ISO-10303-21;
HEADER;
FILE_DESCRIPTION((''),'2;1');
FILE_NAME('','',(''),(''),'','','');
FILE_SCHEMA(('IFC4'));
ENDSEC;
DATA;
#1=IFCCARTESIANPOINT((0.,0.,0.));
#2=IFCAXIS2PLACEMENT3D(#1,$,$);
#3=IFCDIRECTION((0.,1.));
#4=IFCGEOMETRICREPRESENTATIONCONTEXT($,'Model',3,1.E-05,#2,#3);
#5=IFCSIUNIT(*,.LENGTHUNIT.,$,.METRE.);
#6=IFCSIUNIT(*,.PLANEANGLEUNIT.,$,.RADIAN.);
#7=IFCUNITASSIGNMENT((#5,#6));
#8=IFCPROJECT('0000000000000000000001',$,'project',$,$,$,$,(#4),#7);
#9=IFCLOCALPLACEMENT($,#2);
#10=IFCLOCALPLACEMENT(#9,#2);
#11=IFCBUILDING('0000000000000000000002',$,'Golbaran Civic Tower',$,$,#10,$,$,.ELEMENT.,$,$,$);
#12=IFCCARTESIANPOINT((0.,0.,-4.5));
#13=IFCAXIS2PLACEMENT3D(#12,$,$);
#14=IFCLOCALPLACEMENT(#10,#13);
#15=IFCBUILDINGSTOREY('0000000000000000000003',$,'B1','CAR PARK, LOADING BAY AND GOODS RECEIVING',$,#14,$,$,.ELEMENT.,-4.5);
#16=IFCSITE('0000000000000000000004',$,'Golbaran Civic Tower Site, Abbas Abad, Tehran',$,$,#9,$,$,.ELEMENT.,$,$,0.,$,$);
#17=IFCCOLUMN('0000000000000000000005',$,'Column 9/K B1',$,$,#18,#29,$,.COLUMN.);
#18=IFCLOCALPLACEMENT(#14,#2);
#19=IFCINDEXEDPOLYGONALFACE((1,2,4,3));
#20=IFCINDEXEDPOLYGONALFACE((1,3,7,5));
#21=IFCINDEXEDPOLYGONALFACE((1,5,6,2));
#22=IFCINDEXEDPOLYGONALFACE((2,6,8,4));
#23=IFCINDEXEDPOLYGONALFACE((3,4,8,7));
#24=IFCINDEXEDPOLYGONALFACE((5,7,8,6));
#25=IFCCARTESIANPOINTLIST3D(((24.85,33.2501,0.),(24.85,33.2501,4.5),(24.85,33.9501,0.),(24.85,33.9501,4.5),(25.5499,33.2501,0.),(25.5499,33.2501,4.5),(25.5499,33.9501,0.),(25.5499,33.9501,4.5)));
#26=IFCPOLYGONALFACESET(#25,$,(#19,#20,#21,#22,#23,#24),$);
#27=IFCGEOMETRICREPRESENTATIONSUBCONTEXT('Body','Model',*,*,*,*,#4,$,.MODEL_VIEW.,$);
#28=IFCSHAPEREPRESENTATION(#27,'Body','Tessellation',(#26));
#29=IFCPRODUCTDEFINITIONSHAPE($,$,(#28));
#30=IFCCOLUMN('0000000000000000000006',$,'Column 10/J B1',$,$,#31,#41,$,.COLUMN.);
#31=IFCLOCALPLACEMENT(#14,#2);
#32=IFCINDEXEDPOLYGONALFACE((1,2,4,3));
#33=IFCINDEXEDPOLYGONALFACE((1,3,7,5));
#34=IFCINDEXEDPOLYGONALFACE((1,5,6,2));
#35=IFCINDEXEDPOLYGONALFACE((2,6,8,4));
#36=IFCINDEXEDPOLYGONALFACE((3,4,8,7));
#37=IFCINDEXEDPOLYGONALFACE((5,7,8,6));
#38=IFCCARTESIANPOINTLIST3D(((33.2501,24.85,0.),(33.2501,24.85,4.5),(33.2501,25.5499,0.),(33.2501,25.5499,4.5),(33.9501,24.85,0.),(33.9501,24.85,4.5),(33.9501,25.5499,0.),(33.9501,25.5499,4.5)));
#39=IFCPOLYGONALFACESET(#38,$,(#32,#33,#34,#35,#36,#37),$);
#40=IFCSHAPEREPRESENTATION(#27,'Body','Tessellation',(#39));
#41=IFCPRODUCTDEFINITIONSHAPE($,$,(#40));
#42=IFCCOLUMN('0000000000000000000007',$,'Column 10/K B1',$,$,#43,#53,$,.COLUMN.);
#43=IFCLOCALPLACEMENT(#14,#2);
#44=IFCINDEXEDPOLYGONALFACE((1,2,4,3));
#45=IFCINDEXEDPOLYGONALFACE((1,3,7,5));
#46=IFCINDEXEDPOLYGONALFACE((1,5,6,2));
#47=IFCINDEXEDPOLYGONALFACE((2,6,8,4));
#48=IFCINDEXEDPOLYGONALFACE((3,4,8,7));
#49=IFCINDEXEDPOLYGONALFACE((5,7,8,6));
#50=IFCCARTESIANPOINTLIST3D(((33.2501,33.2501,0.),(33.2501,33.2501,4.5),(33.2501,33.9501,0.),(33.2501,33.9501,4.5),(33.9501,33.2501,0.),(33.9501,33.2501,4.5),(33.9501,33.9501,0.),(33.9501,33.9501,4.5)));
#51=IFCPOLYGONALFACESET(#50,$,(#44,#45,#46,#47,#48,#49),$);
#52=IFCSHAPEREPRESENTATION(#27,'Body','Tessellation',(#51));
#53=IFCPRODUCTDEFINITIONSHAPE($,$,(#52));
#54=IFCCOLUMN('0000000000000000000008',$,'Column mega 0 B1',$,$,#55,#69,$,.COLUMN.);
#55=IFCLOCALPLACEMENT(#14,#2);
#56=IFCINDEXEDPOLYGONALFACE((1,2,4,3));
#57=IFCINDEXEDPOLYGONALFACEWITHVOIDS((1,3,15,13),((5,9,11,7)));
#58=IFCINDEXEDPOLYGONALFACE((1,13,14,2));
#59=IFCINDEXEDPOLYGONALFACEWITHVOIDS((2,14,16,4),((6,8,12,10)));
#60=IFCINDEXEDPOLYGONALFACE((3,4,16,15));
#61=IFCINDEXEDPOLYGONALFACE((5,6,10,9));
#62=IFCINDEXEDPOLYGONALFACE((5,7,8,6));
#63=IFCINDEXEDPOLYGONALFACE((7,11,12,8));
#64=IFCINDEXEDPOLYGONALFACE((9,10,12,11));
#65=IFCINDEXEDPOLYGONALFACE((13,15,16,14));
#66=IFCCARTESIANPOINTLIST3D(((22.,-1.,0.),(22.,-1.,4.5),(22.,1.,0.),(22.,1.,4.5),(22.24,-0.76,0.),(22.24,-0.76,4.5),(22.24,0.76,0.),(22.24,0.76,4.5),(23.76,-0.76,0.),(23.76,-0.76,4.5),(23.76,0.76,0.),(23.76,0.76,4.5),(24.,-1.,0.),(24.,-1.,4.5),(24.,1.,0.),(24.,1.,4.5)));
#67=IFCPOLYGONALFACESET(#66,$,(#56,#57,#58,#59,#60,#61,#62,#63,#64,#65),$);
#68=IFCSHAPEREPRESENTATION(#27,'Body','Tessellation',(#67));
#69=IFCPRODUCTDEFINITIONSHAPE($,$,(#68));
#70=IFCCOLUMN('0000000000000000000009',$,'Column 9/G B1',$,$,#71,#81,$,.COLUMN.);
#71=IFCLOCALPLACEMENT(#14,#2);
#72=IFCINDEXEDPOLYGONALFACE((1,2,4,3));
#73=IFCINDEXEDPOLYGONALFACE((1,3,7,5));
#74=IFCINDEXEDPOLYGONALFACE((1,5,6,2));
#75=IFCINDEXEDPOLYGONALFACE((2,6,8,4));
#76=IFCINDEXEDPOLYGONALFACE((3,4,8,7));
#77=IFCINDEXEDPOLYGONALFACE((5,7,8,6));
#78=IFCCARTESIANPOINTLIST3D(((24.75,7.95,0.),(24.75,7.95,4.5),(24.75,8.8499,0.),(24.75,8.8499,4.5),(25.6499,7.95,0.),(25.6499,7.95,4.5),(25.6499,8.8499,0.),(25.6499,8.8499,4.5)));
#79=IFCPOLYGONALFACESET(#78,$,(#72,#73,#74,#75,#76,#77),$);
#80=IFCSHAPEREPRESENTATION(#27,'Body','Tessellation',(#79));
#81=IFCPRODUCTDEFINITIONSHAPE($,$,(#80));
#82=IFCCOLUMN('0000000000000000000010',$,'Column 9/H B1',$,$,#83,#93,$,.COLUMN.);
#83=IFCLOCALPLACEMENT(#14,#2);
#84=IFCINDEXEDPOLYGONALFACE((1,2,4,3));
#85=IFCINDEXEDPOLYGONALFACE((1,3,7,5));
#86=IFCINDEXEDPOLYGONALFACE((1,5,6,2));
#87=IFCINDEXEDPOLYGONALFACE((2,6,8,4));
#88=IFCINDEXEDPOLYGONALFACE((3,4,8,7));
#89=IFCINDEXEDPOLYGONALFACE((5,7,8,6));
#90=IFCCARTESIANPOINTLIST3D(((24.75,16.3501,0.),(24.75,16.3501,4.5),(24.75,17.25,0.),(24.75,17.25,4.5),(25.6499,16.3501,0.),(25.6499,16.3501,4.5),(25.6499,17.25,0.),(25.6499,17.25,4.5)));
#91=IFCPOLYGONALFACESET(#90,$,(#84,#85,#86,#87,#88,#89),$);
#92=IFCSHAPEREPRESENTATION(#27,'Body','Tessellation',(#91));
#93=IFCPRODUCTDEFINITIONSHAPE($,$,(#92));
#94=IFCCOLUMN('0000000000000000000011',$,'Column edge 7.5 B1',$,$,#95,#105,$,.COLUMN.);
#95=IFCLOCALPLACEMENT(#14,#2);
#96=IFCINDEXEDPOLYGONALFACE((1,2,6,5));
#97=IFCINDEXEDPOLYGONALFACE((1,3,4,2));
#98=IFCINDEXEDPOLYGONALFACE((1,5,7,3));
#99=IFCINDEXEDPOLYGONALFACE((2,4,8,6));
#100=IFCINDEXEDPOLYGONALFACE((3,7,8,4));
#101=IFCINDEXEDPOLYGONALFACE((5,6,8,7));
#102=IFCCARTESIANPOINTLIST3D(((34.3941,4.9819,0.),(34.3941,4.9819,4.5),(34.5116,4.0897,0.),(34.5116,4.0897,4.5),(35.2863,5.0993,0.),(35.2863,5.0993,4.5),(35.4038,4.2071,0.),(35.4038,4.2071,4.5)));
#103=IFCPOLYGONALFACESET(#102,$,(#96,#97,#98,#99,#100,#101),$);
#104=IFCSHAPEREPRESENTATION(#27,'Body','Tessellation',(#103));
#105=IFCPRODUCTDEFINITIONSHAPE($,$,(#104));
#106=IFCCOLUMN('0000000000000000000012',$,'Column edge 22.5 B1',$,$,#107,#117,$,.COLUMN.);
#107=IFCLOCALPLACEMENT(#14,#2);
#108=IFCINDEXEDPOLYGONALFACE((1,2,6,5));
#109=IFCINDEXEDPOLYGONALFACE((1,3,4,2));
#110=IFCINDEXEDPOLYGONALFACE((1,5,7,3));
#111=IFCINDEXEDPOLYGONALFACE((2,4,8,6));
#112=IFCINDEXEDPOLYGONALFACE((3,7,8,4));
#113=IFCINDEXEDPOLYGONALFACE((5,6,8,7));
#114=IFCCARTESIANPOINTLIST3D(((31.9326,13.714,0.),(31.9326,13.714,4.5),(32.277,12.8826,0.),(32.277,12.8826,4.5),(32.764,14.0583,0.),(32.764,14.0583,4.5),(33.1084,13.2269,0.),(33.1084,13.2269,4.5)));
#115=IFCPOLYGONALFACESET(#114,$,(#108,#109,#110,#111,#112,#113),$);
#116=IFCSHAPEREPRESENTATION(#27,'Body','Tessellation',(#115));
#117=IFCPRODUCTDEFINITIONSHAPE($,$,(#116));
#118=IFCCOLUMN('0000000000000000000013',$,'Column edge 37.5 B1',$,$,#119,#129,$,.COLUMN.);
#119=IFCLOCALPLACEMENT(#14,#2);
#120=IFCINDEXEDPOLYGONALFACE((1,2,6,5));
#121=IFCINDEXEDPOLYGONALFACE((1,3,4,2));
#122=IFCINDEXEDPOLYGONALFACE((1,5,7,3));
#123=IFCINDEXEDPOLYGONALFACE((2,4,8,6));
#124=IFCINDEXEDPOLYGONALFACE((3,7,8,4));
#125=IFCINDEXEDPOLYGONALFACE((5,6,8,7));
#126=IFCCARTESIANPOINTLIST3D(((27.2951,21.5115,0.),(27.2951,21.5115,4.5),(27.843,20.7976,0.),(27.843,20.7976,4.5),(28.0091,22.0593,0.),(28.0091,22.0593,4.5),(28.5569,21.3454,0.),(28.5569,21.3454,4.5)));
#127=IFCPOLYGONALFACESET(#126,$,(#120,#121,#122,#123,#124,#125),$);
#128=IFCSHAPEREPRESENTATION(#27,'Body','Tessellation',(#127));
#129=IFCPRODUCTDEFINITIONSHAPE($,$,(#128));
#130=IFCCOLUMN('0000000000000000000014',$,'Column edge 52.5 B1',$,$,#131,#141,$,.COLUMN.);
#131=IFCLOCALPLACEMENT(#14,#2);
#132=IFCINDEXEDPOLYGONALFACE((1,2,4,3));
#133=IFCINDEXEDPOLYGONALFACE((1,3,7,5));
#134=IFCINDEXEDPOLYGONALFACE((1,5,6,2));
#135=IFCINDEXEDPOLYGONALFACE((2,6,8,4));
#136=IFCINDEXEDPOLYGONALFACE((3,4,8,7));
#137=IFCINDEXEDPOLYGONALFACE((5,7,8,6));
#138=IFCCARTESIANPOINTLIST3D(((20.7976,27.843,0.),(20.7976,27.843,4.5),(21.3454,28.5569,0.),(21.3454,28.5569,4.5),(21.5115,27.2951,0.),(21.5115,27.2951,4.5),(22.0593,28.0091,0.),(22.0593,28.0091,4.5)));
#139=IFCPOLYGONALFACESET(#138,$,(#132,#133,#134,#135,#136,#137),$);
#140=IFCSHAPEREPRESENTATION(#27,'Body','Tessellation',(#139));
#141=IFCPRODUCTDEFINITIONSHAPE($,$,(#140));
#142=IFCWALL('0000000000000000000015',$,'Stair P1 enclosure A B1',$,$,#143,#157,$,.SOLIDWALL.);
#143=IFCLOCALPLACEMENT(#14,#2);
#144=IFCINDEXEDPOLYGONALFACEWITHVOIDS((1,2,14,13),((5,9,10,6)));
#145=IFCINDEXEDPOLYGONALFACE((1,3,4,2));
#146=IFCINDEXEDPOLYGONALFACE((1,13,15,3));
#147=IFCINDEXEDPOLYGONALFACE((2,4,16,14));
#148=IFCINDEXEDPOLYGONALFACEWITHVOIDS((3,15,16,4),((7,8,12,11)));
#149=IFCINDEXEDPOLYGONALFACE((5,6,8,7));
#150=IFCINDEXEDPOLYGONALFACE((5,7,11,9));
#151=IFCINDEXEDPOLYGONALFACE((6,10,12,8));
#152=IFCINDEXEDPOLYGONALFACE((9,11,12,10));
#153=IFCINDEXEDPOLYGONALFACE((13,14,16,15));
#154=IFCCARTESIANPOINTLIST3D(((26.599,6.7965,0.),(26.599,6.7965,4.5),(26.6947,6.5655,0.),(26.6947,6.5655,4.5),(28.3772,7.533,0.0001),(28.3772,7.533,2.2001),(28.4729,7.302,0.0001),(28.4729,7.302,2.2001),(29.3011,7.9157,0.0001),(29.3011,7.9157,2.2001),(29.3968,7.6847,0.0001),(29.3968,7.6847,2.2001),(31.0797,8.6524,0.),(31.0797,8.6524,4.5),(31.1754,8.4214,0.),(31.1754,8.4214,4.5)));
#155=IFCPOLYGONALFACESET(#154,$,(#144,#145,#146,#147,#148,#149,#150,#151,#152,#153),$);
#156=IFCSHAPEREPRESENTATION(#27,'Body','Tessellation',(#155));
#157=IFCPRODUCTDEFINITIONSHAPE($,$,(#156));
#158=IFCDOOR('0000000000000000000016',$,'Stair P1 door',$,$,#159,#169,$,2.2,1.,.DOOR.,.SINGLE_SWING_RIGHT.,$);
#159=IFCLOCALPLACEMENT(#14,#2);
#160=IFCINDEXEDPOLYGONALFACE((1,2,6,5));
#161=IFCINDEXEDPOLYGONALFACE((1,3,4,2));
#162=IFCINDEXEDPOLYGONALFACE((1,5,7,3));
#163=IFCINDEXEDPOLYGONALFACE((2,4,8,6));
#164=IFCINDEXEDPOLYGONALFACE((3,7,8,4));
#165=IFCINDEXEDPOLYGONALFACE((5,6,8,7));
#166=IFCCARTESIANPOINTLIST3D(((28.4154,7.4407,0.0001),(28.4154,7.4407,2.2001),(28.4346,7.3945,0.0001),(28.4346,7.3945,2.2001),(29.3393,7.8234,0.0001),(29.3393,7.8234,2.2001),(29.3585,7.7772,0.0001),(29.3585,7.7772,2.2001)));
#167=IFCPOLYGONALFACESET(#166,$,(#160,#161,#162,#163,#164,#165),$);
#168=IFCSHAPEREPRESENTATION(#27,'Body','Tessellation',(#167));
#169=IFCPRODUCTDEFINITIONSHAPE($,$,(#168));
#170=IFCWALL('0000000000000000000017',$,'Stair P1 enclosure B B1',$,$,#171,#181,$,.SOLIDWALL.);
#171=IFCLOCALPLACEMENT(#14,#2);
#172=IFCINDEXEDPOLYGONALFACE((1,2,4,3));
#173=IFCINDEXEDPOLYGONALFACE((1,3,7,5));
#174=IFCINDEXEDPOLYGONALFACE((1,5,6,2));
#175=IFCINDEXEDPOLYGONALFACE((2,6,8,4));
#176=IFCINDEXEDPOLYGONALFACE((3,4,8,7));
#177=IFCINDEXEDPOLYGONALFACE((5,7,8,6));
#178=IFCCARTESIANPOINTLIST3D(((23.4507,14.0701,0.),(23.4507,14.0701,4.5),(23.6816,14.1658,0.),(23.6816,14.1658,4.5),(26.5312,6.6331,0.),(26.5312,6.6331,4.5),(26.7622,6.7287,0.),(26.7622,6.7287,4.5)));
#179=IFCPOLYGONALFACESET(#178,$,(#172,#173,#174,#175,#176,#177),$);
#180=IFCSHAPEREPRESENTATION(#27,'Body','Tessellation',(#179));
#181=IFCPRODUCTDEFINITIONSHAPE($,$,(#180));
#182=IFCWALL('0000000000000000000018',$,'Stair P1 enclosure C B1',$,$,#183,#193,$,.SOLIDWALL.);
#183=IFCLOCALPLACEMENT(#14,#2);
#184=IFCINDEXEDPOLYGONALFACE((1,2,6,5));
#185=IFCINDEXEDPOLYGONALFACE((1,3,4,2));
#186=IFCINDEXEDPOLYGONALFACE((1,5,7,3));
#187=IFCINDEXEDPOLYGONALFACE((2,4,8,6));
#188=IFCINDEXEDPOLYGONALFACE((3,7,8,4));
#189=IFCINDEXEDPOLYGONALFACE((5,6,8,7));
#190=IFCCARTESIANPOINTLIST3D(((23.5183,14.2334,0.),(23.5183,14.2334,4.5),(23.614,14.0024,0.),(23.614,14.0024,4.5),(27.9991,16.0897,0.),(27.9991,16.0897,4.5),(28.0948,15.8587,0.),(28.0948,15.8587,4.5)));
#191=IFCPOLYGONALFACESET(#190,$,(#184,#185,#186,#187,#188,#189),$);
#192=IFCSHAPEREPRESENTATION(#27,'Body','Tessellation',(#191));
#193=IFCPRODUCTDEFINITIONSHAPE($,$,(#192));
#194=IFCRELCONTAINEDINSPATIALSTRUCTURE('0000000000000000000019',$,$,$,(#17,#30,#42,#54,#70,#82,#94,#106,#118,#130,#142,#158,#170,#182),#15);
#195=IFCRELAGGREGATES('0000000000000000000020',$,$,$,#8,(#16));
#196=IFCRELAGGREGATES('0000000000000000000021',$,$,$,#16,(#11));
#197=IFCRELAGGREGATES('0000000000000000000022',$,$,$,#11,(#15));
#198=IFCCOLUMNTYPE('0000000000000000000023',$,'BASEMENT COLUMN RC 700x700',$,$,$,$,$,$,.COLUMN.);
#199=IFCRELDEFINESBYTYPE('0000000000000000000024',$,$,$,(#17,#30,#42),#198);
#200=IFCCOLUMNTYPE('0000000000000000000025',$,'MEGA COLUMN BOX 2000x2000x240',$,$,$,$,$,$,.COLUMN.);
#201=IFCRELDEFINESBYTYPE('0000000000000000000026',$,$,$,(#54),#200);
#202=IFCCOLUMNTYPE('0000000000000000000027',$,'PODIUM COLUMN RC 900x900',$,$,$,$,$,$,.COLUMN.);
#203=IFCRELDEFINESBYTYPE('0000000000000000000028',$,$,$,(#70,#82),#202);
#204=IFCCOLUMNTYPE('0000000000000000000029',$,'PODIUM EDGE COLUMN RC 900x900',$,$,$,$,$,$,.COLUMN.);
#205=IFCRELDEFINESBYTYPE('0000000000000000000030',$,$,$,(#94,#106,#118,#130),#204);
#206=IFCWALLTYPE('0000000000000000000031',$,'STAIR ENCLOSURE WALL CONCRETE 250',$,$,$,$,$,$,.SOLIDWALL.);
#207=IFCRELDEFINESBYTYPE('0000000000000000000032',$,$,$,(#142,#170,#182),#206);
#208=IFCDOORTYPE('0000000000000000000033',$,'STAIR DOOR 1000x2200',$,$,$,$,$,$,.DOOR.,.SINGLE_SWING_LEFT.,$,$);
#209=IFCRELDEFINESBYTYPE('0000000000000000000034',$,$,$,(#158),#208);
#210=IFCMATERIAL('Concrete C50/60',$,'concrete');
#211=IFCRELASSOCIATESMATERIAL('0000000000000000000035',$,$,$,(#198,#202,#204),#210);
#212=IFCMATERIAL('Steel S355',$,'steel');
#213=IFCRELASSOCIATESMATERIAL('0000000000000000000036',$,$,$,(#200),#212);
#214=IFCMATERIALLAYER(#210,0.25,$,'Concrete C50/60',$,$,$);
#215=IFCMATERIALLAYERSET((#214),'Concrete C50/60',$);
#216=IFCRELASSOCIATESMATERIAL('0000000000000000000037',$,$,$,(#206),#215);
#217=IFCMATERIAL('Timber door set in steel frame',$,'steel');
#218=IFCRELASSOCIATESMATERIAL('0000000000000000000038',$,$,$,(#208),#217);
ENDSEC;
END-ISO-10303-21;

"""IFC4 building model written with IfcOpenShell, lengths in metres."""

from ifc_helpers import new_model, si_unit, direction, frame, frame_2d, origin, origin_2d, place, context, subcontext, project, spatial, rectangle, hollow_rectangle, extrude, material, layer, layer_set, material_profile, profile_set, type_object, element, fill, save


model = new_model("IFC4")

# Units and contexts
model_context = context("Model", 3, precision=1e-05, world=origin(), true_north=direction((0.0, 1.0)))
body_context = subcontext(model_context, "Body", "Model", "MODEL_VIEW")
ifc_project = project(units=[si_unit("LENGTHUNIT", "METRE"), si_unit("PLANEANGLEUNIT", "RADIAN")], contexts=[model_context])

# Site, building, storey
site_placement = place(None, origin())
site = spatial("IfcSite", under=ifc_project, at=site_placement, Name="Golbaran Civic Tower Site, Abbas Abad, Tehran", CompositionType="ELEMENT", RefElevation=0.0)
building_placement = place(site_placement, origin())
building = spatial("IfcBuilding", under=site, at=building_placement, Name="Golbaran Civic Tower", CompositionType="ELEMENT")
storey_placement = place(building_placement, frame((0.0, 0.0, -4.5)))
storey = spatial("IfcBuildingStorey", under=building, at=storey_placement, Name="B1", Description="CAR PARK, LOADING BAY AND GOODS RECEIVING", CompositionType="ELEMENT", Elevation=-4.5)

# Columns
ifc_material_1 = material(Name="Concrete C50/60", Category="concrete")
ifc_material_profile_1 = material_profile(ifc_material_1, rectangle(XDim=0.7, YDim=0.7, at=origin_2d()), Name="RC 700x700")
ifc_profile_set_1 = profile_set([ifc_material_profile_1], Name="Concrete C50/60")
column_type_1 = type_object("IfcColumnType", Name="BASEMENT COLUMN RC 700x700", PredefinedType="COLUMN", material=ifc_profile_set_1)
for number, where, z_axis, x_axis, name in (
    (1, (25.2, 33.6001, 0.0), (0.0, 0.0, 1.0), (1.0, 0.0, 0.0), "Column 9/K B1"),
    (2, (33.6001, 25.2, 0.0), (0.0, 0.0, 1.0), (1.0, 0.0, 0.0), "Column 10/J B1"),
    (3, (33.6001, 33.6001, 0.0), (0.0, 0.0, 1.0), (1.0, 0.0, 0.0), "Column 10/K B1"),
):
    element("IfcColumn", number, at=place(storey_placement, frame(where, z_axis=z_axis, x_axis=x_axis)), inside=storey, type_object=column_type_1, Name=name, PredefinedType="COLUMN", context=body_context, shape_type="SweptSolid", body=[
        extrude(rectangle(XDim=0.7, YDim=0.7, at=origin_2d()), origin(), (0.0, 0.0, 1.0), 4.5),
    ])
ifc_material_2 = material(Name="Steel S355", Category="steel")
ifc_material_profile_2 = material_profile(ifc_material_2, hollow_rectangle(XDim=2.0, YDim=2.0, WallThickness=0.24, at=origin_2d()), Name="BOX 2000x2000x240")
ifc_profile_set_2 = profile_set([ifc_material_profile_2], Name="Steel S355")
column_type_2 = type_object("IfcColumnType", Name="MEGA COLUMN BOX 2000x2000x240", PredefinedType="COLUMN", material=ifc_profile_set_2)
column_placement = place(storey_placement, frame((23.0, 0.0, 0.0), z_axis=(0.0, 0.0, 1.0), x_axis=(1.0, 0.0, 0.0)))
element("IfcColumn", 4, at=column_placement, inside=storey, type_object=column_type_2, Name="Column mega 0 B1", PredefinedType="COLUMN", context=body_context, shape_type="SweptSolid", body=[
    extrude(hollow_rectangle(XDim=2.0, YDim=2.0, WallThickness=0.24, at=origin_2d()), origin(), (0.0, 0.0, 1.0), 4.5),
])
ifc_material_profile_3 = material_profile(ifc_material_1, rectangle(XDim=0.8999, YDim=0.8999, at=origin_2d()), Name="RC 900x900")
ifc_profile_set_3 = profile_set([ifc_material_profile_3], Name="Concrete C50/60")
column_type_3 = type_object("IfcColumnType", Name="PODIUM COLUMN RC 900x900", PredefinedType="COLUMN", material=ifc_profile_set_3)
for number, where, z_axis, x_axis, name in (
    (5, (25.2, 8.3999, 0.0), (0.0, 0.0, 1.0), (1.0, 0.0, 0.0), "Column 9/G B1"),
    (6, (25.2, 16.8, 0.0), (0.0, 0.0, 1.0), (1.0, 0.0, 0.0), "Column 9/H B1"),
):
    element("IfcColumn", number, at=place(storey_placement, frame(where, z_axis=z_axis, x_axis=x_axis)), inside=storey, type_object=column_type_3, Name=name, PredefinedType="COLUMN", context=body_context, shape_type="SweptSolid", body=[
        extrude(rectangle(XDim=0.8999, YDim=0.8999, at=origin_2d()), origin(), (0.0, 0.0, 1.0), 4.5),
    ])
ifc_material_profile_4 = material_profile(ifc_material_1, rectangle(XDim=0.8999, YDim=0.8999, at=origin_2d()), Name="RC 900x900")
ifc_profile_set_4 = profile_set([ifc_material_profile_4], Name="Concrete C50/60")
column_type_4 = type_object("IfcColumnType", Name="PODIUM EDGE COLUMN RC 900x900", PredefinedType="COLUMN", material=ifc_profile_set_4)
for number, where, z_axis, x_axis, name in (
    (7, (34.8989, 4.5945, 0.0), (0.0, 0.0, 1.0), (0.991445, 0.130526, 0.0), "Column edge 7.5 B1"),
    (8, (32.5205, 13.4705, 0.0), (0.0, 0.0, 1.0), (0.92388, 0.382683, 0.0), "Column edge 22.5 B1"),
    (9, (27.926, 21.4285, 0.0), (0.0, 0.0, 1.0), (0.793353, 0.608761, 0.0), "Column edge 37.5 B1"),
    (10, (21.4285, 27.926, 0.0), (0.0, 0.0, 1.0), (0.608761, 0.793353, 0.0), "Column edge 52.5 B1"),
):
    element("IfcColumn", number, at=place(storey_placement, frame(where, z_axis=z_axis, x_axis=x_axis)), inside=storey, type_object=column_type_4, Name=name, PredefinedType="COLUMN", context=body_context, shape_type="SweptSolid", body=[
        extrude(rectangle(XDim=0.8999, YDim=0.8999, at=origin_2d()), origin(), (0.0, 0.0, 1.0), 4.5),
    ])

# Wall, opening, door
ifc_layer_1 = layer(ifc_material_1, 0.25, Name="Concrete C50/60")
ifc_layer_set_1 = layer_set([ifc_layer_1], Name="Concrete C50/60")
wall_type_1 = type_object("IfcWallType", Name="STAIR ENCLOSURE WALL CONCRETE 250", PredefinedType="SOLIDWALL", material=ifc_layer_set_1)
wall_1_placement = place(storey_placement, frame((31.1274, 8.5369, 0.0), z_axis=(0.0, 0.0, 1.0), x_axis=(-0.923881, -0.382681, 0.0)))
wall_1 = element("IfcWall", 11, at=wall_1_placement, inside=storey, type_object=wall_type_1, Name="Stair P1 enclosure A B1", PredefinedType="SOLIDWALL", context=body_context, shape_type="SweptSolid", body=[
    extrude(rectangle(XDim=4.8499, YDim=0.25, at=frame_2d((2.4248, 0.0))), origin(), (0.0, 0.0, 1.0), 4.5),
])
opening_1_placement = place(wall_1_placement, frame((1.925, 0.0, 0.0)))
opening_1 = element("IfcOpeningElement", 12, at=opening_1_placement, cuts=wall_1, PredefinedType="OPENING", context=body_context, shape_type="SweptSolid", body=[
    extrude(rectangle(XDim=1.0, YDim=2.2, at=frame_2d((0.5, 1.1001))), frame((0.0, 0.135, 0.0), z_axis=(0.0, -1.0, 0.0), x_axis=(1.0, 0.0, 0.0)), (0.0, 0.0, 1.0), 0.27),
])
ifc_material_3 = material(Name="Timber door set in steel frame", Category="steel")
door_type_1 = type_object("IfcDoorType", Name="STAIR DOOR 1000x2200", OperationType="SINGLE_SWING_LEFT", PredefinedType="DOOR", material=ifc_material_3)
door_1_placement = place(opening_1_placement, origin())
door_1 = element("IfcDoor", 13, at=door_1_placement, inside=storey, type_object=door_type_1, Name="Stair P1 door", OperationType="SINGLE_SWING_RIGHT", OverallHeight=2.2, OverallWidth=1.0, PredefinedType="DOOR", context=body_context, shape_type="SweptSolid", body=[
    extrude(rectangle(XDim=1.0, YDim=2.2, at=frame_2d((0.5, 1.1001))), frame((0.0, 0.0249, 0.0), z_axis=(0.0, -1.0, 0.0), x_axis=(1.0, 0.0, 0.0)), (0.0, 0.0, 1.0), 0.05),
])
fill(opening_1, door_1)

# Walls
wall_2_placement = place(storey_placement, frame((26.6467, 6.6809, 0.0), z_axis=(0.0, 0.0, 1.0), x_axis=(-0.382689, 0.923877, 0.0)))
element("IfcWall", 14, at=wall_2_placement, inside=storey, type_object=wall_type_1, Name="Stair P1 enclosure B B1", PredefinedType="SOLIDWALL", context=body_context, shape_type="SweptSolid", body=[
    extrude(rectangle(XDim=8.0498, YDim=0.25, at=frame_2d((4.0249, 0.0))), origin(), (0.0, 0.0, 1.0), 4.5),
])
wall_3_placement = place(storey_placement, frame((23.5662, 14.1179, 0.0), z_axis=(0.0, 0.0, 1.0), x_axis=(0.923863, 0.382724, 0.0)))
element("IfcWall", 15, at=wall_3_placement, inside=storey, type_object=wall_type_1, Name="Stair P1 enclosure C B1", PredefinedType="SOLIDWALL", context=body_context, shape_type="SweptSolid", body=[
    extrude(rectangle(XDim=4.8501, YDim=0.25, at=frame_2d((2.425, 0.0))), origin(), (0.0, 0.0, 1.0), 4.5),
])

save(model, "model.ifc")
